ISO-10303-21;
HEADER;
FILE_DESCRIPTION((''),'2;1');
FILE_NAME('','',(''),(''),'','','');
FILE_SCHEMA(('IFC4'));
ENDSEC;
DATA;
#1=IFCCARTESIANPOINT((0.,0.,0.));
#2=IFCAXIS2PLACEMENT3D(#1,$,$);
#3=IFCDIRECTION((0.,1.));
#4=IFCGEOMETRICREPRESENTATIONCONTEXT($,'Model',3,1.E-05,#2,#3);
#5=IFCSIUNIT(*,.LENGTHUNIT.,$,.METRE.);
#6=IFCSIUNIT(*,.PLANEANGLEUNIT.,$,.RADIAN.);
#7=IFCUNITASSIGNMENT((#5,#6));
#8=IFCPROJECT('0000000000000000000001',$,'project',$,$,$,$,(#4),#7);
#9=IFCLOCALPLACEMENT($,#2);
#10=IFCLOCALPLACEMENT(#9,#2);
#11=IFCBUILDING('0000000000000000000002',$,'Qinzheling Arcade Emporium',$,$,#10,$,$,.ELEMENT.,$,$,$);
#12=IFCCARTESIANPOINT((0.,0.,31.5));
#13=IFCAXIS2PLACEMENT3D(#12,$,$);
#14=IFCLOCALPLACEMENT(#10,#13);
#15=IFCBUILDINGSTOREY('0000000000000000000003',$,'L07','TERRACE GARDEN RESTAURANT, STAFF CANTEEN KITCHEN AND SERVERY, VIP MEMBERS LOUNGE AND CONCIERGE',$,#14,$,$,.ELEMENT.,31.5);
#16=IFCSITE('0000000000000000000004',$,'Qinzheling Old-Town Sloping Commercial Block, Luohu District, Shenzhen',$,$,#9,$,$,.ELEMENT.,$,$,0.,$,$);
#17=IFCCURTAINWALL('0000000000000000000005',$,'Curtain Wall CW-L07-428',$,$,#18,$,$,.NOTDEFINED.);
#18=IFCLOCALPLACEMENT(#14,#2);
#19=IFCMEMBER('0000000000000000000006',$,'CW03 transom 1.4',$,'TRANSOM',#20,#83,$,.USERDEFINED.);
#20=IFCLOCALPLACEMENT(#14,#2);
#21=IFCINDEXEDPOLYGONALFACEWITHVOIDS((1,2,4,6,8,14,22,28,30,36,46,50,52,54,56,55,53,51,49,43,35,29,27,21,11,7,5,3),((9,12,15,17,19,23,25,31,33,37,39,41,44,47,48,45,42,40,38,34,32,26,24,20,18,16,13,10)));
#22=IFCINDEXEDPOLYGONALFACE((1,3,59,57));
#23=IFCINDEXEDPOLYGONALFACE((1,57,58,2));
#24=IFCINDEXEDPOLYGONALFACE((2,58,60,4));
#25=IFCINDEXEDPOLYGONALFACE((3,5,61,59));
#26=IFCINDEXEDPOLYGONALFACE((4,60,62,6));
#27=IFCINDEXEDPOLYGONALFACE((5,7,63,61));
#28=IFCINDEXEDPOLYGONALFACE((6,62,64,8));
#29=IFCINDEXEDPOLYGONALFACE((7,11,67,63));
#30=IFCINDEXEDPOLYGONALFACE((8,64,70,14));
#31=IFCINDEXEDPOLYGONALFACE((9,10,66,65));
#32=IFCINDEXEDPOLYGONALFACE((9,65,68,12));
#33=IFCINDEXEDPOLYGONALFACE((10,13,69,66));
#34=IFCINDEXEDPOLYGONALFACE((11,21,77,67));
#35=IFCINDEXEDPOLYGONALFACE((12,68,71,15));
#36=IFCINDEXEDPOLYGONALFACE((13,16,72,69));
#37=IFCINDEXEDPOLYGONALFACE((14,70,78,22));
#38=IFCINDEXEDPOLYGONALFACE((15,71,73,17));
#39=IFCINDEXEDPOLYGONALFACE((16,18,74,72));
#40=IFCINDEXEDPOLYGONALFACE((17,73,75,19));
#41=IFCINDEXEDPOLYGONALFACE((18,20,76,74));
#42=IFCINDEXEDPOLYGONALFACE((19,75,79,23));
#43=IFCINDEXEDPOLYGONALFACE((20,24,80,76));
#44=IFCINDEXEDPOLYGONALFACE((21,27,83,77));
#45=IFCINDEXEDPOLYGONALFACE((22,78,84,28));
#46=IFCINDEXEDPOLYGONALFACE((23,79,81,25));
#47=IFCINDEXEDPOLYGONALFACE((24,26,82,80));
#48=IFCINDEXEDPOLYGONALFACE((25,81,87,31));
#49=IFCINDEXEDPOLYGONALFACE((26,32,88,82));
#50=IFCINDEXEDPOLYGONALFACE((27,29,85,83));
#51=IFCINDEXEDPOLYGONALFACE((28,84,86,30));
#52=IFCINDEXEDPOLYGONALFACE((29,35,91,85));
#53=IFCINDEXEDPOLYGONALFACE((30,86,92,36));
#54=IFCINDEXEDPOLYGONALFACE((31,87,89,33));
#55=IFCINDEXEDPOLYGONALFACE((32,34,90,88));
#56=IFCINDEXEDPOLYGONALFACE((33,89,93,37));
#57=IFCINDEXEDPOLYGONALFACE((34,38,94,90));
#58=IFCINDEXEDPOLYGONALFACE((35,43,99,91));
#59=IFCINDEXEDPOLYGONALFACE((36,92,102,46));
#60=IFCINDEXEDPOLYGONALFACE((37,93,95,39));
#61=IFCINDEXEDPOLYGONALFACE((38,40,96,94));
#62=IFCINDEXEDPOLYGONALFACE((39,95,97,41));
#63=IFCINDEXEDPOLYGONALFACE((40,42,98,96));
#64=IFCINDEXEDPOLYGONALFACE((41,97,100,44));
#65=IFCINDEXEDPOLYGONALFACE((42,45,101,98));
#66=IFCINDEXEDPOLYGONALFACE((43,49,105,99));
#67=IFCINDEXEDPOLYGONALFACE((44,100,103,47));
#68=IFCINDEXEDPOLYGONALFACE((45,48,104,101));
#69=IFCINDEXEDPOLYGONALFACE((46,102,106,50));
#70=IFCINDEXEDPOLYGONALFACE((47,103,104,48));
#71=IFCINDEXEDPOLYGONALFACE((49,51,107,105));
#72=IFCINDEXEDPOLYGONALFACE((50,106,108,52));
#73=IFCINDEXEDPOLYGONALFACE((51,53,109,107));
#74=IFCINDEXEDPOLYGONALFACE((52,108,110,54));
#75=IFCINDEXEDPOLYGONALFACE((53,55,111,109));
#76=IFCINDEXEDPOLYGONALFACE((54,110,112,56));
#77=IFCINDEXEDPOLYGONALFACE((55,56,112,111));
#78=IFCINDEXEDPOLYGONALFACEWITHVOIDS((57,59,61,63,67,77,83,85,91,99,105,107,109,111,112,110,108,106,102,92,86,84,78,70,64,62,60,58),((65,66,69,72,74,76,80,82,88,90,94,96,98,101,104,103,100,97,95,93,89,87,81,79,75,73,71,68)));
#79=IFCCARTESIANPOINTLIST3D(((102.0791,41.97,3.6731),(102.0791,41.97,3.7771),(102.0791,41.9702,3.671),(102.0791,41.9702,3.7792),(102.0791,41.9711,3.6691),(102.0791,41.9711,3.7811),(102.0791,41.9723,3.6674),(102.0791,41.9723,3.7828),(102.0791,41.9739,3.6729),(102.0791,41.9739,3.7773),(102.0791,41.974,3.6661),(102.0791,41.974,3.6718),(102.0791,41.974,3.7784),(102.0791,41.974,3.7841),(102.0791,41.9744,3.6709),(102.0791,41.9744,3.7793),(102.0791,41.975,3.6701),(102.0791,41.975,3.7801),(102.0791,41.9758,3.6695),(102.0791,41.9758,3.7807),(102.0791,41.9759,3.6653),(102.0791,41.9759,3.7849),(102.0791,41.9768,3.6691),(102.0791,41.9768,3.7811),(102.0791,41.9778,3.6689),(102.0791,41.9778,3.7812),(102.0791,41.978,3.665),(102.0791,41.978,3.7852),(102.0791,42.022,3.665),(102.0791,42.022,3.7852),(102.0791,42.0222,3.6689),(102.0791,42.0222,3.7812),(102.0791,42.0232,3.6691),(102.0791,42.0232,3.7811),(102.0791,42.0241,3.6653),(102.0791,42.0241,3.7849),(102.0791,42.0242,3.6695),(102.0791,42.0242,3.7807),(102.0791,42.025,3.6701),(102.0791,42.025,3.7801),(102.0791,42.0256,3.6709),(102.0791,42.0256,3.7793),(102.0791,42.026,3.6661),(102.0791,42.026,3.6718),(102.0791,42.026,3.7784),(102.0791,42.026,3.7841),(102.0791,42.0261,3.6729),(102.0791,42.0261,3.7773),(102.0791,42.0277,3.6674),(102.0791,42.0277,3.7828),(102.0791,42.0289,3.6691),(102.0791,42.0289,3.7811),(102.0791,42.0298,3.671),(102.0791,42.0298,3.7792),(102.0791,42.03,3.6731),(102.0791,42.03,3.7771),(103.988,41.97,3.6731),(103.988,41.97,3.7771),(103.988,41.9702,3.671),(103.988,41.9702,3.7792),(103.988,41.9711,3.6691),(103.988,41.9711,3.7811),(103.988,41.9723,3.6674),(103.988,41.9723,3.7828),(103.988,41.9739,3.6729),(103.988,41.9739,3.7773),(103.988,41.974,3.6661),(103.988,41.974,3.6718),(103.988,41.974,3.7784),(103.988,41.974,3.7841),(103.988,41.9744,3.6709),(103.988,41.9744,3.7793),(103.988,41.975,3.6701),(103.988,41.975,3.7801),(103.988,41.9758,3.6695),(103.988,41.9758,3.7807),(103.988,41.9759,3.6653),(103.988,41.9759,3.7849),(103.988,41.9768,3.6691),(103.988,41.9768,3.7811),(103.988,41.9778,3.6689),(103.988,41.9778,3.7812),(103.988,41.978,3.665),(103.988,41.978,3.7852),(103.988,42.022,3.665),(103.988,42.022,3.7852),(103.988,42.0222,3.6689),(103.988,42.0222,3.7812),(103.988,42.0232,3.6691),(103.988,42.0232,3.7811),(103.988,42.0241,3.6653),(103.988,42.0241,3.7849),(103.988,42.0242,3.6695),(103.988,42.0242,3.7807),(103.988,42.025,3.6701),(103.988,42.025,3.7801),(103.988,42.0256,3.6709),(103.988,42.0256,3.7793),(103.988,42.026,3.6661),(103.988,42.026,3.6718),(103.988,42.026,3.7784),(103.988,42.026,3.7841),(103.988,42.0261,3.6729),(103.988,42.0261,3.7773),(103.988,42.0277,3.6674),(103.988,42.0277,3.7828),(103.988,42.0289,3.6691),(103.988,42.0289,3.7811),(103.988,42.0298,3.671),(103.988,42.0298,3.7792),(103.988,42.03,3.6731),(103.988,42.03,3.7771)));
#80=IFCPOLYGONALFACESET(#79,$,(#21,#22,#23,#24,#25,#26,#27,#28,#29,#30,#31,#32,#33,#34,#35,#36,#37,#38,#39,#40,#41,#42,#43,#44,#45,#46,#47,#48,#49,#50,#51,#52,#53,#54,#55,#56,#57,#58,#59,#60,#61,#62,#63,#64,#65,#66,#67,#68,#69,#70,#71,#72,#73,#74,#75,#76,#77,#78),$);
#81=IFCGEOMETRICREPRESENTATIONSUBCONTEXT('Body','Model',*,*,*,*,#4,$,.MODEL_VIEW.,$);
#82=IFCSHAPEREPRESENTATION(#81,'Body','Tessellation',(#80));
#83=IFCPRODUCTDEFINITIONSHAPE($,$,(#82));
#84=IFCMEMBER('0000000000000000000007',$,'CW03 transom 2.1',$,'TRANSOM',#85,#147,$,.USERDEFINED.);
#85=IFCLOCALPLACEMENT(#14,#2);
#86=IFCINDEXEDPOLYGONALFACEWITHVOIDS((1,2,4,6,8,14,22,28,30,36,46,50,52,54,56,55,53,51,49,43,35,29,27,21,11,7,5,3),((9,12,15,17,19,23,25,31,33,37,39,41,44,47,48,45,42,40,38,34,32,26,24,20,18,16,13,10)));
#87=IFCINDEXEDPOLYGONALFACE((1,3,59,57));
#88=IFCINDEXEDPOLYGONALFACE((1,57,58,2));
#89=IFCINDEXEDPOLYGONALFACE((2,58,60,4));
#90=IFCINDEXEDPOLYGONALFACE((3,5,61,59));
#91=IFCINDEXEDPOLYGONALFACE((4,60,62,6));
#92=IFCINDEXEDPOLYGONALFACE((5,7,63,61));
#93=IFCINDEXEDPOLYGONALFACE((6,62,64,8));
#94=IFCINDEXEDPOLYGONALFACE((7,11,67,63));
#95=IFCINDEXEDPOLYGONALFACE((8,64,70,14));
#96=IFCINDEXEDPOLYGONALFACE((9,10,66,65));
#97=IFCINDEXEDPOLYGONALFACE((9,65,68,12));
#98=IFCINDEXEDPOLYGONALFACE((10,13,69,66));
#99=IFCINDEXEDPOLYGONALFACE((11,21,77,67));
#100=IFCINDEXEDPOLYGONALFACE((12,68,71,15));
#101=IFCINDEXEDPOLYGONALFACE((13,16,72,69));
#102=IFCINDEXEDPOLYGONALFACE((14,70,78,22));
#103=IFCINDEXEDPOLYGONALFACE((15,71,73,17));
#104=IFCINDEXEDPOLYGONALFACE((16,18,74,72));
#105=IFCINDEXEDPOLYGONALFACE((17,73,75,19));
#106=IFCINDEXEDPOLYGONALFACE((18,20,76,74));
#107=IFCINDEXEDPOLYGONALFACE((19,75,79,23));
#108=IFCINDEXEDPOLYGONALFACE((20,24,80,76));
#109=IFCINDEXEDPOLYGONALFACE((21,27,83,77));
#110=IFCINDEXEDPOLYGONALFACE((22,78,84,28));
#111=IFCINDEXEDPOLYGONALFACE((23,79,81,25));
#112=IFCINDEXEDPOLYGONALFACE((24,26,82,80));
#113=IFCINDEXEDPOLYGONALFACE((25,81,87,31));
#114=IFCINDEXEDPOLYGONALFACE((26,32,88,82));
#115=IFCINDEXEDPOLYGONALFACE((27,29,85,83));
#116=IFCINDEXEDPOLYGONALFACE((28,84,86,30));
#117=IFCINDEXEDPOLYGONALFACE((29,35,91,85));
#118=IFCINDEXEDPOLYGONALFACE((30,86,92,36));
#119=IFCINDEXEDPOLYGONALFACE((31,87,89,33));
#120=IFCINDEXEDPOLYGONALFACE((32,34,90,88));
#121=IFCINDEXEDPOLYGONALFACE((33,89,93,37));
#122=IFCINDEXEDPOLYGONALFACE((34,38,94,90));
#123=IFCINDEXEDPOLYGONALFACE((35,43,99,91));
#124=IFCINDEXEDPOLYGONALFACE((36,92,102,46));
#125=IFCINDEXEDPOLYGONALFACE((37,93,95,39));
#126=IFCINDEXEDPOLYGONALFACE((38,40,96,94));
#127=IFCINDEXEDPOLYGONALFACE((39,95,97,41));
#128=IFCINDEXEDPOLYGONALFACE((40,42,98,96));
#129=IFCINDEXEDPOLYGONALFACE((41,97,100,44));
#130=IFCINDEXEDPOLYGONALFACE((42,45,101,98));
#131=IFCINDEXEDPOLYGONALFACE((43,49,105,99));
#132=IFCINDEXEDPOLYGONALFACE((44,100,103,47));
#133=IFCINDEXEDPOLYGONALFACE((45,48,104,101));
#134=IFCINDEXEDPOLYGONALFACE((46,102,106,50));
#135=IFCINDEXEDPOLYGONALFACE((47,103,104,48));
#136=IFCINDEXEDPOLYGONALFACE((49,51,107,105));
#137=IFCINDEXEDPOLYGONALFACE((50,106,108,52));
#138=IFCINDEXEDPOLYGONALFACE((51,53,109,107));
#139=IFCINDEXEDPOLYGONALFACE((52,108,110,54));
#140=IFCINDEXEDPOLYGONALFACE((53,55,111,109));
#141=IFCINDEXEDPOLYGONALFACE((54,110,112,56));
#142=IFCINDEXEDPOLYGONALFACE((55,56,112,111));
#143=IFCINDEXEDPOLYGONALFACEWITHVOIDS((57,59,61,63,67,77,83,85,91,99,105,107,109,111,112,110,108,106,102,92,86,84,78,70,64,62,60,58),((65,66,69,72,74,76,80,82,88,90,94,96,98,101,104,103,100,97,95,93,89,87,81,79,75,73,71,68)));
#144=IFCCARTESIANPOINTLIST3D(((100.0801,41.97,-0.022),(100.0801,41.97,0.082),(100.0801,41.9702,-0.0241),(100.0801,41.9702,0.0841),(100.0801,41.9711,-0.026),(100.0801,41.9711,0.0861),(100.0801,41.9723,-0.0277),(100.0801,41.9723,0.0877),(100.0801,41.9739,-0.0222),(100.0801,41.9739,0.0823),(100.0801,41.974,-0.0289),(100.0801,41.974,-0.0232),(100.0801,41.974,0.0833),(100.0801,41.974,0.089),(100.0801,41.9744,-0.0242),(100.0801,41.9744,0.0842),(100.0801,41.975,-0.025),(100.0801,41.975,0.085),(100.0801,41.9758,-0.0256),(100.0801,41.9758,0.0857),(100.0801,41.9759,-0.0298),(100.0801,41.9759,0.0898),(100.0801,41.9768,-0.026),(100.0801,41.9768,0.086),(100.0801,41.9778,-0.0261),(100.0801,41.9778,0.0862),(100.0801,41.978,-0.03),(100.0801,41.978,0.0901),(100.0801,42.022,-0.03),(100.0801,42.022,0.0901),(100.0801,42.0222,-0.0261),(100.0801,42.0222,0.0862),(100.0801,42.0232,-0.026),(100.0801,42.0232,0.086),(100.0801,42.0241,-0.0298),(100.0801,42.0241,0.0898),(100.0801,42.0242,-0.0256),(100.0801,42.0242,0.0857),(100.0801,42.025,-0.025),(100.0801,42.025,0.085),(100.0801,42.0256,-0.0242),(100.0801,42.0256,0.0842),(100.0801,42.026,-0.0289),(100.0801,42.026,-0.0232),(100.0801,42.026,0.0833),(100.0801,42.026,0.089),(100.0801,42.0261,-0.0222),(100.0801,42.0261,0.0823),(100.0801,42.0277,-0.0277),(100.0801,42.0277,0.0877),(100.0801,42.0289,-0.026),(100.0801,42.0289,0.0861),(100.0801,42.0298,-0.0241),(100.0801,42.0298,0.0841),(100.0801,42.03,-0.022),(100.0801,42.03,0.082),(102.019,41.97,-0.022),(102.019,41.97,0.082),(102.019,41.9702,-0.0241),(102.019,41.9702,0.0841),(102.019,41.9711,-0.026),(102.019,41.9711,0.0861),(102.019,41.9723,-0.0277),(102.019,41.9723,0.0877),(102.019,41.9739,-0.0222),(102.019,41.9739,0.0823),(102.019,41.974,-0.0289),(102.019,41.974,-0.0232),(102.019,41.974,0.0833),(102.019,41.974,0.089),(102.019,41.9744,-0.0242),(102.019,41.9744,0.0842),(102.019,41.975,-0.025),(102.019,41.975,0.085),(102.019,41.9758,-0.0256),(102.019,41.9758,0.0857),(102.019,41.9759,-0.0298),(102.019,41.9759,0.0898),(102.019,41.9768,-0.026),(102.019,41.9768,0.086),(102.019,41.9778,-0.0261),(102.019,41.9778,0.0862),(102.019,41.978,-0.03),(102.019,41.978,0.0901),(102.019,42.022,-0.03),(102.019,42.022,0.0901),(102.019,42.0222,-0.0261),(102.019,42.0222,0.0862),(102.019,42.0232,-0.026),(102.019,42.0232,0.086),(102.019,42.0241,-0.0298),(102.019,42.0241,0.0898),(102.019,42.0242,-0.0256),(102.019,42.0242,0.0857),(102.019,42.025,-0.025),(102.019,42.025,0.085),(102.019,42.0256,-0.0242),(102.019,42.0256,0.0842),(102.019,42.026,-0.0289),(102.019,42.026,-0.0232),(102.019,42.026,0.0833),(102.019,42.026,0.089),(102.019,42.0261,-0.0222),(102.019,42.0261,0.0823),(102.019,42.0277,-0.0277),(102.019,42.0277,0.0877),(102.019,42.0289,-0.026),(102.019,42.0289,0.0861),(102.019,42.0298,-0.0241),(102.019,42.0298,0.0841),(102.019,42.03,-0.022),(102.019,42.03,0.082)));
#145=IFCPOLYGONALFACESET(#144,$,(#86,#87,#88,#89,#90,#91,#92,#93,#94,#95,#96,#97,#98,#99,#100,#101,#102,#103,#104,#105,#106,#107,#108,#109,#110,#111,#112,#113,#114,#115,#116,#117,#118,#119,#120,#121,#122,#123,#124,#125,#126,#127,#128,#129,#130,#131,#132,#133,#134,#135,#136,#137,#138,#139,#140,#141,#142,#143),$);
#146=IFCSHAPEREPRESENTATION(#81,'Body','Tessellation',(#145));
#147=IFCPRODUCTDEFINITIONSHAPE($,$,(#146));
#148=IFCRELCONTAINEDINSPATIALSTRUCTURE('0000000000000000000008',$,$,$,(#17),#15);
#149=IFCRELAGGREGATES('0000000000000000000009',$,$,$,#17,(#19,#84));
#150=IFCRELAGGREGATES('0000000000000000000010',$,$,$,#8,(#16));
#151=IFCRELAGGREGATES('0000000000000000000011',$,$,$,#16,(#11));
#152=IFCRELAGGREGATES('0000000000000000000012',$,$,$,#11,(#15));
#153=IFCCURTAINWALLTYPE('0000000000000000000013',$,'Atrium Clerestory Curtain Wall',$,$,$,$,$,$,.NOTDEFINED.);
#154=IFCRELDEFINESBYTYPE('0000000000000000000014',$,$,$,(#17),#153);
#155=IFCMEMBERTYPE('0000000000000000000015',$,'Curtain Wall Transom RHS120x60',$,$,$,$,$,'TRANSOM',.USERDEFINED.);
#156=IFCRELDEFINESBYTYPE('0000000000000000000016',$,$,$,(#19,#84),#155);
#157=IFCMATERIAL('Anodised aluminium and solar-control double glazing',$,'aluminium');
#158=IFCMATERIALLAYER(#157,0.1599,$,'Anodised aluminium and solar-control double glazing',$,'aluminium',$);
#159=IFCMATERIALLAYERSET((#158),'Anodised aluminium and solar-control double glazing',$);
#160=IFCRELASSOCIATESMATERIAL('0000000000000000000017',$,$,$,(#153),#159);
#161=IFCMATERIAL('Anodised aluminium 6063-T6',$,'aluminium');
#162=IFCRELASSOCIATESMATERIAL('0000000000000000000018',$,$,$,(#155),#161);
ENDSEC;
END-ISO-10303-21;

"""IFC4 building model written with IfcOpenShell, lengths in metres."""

from ifc_helpers import new_model, si_unit, direction, frame, origin, origin_2d, place, context, subcontext, project, spatial, hollow_rectangle, extrude, material, layer, layer_set, material_profile, profile_set, type_object, element, aggregate, save


model = new_model("IFC4")

# Units and contexts
model_context = context("Model", 3, precision=1e-05, world=origin(), true_north=direction((0.0, 1.0)))
body_context = subcontext(model_context, "Body", "Model", "MODEL_VIEW")
ifc_project = project(units=[si_unit("LENGTHUNIT", "METRE"), si_unit("PLANEANGLEUNIT", "RADIAN")], contexts=[model_context])

# Site, building, storey
site_placement = place(None, origin())
site = spatial("IfcSite", under=ifc_project, at=site_placement, Name="Qinzheling Old-Town Sloping Commercial Block, Luohu District, Shenzhen", CompositionType="ELEMENT", RefElevation=0.0)
building_placement = place(site_placement, origin())
building = spatial("IfcBuilding", under=site, at=building_placement, Name="Qinzheling Arcade Emporium", CompositionType="ELEMENT")
storey_placement = place(building_placement, frame((0.0, 0.0, 31.5)))
storey = spatial("IfcBuildingStorey", under=building, at=storey_placement, Name="L07", Description="TERRACE GARDEN RESTAURANT, STAFF CANTEEN KITCHEN AND SERVERY, VIP MEMBERS LOUNGE AND CONCIERGE", CompositionType="ELEMENT", Elevation=31.5)

# Curtain wall, members
ifc_material_1 = material(Name="Anodised aluminium and solar-control double glazing", Category="aluminium")
ifc_layer_1 = layer(ifc_material_1, 0.1599, Name="Anodised aluminium and solar-control double glazing", Category="aluminium")
ifc_layer_set_1 = layer_set([ifc_layer_1], Name="Anodised aluminium and solar-control double glazing")
curtain_wall_type = type_object("IfcCurtainWallType", Name="Atrium Clerestory Curtain Wall", PredefinedType="NOTDEFINED", material=ifc_layer_set_1)
curtain_wall_placement = place(storey_placement, origin())
curtain_wall = element("IfcCurtainWall", 1, at=curtain_wall_placement, inside=storey, type_object=curtain_wall_type, Name="Curtain Wall CW-L07-428", PredefinedType="NOTDEFINED")
ifc_material_2 = material(Name="Anodised aluminium 6063-T6", Category="aluminium")
ifc_material_profile_1 = material_profile(ifc_material_2, hollow_rectangle(XDim=0.0601, YDim=0.1201, WallThickness=0.0039, InnerFilletRadius=0.0039, OuterFilletRadius=0.0081, at=origin_2d()), Name="RHS 120x60x4", Category="aluminium")
ifc_profile_set_1 = profile_set([ifc_material_profile_1], Name="Anodised aluminium 6063-T6")
member_type_1 = type_object("IfcMemberType", Name="Curtain Wall Transom RHS120x60", ElementType="TRANSOM", PredefinedType="USERDEFINED", material=ifc_profile_set_1)
member_1_placement = place(storey_placement, frame((103.988, 42.0, 3.7251), z_axis=(-1.0, 0.0, 0.0), x_axis=(0.0, -1.0, 0.0)))
member_1 = element("IfcMember", 2, at=member_1_placement, type_object=member_type_1, Name="CW03 transom 1.4", ObjectType="TRANSOM", PredefinedType="USERDEFINED", context=body_context, shape_type="SweptSolid", body=[
    extrude(hollow_rectangle(XDim=0.0601, YDim=0.1201, WallThickness=0.0039, InnerFilletRadius=0.0039, OuterFilletRadius=0.0081, at=origin_2d()), origin(), (0.0, 0.0, 1.0), 1.9089),
])
member_2_placement = place(storey_placement, frame((102.019, 42.0, 0.03), z_axis=(-1.0, 0.0, 0.0), x_axis=(0.0, -1.0, 0.0)))
member_2 = element("IfcMember", 3, at=member_2_placement, type_object=member_type_1, Name="CW03 transom 2.1", ObjectType="TRANSOM", PredefinedType="USERDEFINED", context=body_context, shape_type="SweptSolid", body=[
    extrude(hollow_rectangle(XDim=0.0601, YDim=0.1201, WallThickness=0.0039, InnerFilletRadius=0.0039, OuterFilletRadius=0.0081, at=origin_2d()), origin(), (0.0, 0.0, 1.0), 1.939),
])
aggregate(curtain_wall, [member_1, member_2])

save(model, "model.ifc")
